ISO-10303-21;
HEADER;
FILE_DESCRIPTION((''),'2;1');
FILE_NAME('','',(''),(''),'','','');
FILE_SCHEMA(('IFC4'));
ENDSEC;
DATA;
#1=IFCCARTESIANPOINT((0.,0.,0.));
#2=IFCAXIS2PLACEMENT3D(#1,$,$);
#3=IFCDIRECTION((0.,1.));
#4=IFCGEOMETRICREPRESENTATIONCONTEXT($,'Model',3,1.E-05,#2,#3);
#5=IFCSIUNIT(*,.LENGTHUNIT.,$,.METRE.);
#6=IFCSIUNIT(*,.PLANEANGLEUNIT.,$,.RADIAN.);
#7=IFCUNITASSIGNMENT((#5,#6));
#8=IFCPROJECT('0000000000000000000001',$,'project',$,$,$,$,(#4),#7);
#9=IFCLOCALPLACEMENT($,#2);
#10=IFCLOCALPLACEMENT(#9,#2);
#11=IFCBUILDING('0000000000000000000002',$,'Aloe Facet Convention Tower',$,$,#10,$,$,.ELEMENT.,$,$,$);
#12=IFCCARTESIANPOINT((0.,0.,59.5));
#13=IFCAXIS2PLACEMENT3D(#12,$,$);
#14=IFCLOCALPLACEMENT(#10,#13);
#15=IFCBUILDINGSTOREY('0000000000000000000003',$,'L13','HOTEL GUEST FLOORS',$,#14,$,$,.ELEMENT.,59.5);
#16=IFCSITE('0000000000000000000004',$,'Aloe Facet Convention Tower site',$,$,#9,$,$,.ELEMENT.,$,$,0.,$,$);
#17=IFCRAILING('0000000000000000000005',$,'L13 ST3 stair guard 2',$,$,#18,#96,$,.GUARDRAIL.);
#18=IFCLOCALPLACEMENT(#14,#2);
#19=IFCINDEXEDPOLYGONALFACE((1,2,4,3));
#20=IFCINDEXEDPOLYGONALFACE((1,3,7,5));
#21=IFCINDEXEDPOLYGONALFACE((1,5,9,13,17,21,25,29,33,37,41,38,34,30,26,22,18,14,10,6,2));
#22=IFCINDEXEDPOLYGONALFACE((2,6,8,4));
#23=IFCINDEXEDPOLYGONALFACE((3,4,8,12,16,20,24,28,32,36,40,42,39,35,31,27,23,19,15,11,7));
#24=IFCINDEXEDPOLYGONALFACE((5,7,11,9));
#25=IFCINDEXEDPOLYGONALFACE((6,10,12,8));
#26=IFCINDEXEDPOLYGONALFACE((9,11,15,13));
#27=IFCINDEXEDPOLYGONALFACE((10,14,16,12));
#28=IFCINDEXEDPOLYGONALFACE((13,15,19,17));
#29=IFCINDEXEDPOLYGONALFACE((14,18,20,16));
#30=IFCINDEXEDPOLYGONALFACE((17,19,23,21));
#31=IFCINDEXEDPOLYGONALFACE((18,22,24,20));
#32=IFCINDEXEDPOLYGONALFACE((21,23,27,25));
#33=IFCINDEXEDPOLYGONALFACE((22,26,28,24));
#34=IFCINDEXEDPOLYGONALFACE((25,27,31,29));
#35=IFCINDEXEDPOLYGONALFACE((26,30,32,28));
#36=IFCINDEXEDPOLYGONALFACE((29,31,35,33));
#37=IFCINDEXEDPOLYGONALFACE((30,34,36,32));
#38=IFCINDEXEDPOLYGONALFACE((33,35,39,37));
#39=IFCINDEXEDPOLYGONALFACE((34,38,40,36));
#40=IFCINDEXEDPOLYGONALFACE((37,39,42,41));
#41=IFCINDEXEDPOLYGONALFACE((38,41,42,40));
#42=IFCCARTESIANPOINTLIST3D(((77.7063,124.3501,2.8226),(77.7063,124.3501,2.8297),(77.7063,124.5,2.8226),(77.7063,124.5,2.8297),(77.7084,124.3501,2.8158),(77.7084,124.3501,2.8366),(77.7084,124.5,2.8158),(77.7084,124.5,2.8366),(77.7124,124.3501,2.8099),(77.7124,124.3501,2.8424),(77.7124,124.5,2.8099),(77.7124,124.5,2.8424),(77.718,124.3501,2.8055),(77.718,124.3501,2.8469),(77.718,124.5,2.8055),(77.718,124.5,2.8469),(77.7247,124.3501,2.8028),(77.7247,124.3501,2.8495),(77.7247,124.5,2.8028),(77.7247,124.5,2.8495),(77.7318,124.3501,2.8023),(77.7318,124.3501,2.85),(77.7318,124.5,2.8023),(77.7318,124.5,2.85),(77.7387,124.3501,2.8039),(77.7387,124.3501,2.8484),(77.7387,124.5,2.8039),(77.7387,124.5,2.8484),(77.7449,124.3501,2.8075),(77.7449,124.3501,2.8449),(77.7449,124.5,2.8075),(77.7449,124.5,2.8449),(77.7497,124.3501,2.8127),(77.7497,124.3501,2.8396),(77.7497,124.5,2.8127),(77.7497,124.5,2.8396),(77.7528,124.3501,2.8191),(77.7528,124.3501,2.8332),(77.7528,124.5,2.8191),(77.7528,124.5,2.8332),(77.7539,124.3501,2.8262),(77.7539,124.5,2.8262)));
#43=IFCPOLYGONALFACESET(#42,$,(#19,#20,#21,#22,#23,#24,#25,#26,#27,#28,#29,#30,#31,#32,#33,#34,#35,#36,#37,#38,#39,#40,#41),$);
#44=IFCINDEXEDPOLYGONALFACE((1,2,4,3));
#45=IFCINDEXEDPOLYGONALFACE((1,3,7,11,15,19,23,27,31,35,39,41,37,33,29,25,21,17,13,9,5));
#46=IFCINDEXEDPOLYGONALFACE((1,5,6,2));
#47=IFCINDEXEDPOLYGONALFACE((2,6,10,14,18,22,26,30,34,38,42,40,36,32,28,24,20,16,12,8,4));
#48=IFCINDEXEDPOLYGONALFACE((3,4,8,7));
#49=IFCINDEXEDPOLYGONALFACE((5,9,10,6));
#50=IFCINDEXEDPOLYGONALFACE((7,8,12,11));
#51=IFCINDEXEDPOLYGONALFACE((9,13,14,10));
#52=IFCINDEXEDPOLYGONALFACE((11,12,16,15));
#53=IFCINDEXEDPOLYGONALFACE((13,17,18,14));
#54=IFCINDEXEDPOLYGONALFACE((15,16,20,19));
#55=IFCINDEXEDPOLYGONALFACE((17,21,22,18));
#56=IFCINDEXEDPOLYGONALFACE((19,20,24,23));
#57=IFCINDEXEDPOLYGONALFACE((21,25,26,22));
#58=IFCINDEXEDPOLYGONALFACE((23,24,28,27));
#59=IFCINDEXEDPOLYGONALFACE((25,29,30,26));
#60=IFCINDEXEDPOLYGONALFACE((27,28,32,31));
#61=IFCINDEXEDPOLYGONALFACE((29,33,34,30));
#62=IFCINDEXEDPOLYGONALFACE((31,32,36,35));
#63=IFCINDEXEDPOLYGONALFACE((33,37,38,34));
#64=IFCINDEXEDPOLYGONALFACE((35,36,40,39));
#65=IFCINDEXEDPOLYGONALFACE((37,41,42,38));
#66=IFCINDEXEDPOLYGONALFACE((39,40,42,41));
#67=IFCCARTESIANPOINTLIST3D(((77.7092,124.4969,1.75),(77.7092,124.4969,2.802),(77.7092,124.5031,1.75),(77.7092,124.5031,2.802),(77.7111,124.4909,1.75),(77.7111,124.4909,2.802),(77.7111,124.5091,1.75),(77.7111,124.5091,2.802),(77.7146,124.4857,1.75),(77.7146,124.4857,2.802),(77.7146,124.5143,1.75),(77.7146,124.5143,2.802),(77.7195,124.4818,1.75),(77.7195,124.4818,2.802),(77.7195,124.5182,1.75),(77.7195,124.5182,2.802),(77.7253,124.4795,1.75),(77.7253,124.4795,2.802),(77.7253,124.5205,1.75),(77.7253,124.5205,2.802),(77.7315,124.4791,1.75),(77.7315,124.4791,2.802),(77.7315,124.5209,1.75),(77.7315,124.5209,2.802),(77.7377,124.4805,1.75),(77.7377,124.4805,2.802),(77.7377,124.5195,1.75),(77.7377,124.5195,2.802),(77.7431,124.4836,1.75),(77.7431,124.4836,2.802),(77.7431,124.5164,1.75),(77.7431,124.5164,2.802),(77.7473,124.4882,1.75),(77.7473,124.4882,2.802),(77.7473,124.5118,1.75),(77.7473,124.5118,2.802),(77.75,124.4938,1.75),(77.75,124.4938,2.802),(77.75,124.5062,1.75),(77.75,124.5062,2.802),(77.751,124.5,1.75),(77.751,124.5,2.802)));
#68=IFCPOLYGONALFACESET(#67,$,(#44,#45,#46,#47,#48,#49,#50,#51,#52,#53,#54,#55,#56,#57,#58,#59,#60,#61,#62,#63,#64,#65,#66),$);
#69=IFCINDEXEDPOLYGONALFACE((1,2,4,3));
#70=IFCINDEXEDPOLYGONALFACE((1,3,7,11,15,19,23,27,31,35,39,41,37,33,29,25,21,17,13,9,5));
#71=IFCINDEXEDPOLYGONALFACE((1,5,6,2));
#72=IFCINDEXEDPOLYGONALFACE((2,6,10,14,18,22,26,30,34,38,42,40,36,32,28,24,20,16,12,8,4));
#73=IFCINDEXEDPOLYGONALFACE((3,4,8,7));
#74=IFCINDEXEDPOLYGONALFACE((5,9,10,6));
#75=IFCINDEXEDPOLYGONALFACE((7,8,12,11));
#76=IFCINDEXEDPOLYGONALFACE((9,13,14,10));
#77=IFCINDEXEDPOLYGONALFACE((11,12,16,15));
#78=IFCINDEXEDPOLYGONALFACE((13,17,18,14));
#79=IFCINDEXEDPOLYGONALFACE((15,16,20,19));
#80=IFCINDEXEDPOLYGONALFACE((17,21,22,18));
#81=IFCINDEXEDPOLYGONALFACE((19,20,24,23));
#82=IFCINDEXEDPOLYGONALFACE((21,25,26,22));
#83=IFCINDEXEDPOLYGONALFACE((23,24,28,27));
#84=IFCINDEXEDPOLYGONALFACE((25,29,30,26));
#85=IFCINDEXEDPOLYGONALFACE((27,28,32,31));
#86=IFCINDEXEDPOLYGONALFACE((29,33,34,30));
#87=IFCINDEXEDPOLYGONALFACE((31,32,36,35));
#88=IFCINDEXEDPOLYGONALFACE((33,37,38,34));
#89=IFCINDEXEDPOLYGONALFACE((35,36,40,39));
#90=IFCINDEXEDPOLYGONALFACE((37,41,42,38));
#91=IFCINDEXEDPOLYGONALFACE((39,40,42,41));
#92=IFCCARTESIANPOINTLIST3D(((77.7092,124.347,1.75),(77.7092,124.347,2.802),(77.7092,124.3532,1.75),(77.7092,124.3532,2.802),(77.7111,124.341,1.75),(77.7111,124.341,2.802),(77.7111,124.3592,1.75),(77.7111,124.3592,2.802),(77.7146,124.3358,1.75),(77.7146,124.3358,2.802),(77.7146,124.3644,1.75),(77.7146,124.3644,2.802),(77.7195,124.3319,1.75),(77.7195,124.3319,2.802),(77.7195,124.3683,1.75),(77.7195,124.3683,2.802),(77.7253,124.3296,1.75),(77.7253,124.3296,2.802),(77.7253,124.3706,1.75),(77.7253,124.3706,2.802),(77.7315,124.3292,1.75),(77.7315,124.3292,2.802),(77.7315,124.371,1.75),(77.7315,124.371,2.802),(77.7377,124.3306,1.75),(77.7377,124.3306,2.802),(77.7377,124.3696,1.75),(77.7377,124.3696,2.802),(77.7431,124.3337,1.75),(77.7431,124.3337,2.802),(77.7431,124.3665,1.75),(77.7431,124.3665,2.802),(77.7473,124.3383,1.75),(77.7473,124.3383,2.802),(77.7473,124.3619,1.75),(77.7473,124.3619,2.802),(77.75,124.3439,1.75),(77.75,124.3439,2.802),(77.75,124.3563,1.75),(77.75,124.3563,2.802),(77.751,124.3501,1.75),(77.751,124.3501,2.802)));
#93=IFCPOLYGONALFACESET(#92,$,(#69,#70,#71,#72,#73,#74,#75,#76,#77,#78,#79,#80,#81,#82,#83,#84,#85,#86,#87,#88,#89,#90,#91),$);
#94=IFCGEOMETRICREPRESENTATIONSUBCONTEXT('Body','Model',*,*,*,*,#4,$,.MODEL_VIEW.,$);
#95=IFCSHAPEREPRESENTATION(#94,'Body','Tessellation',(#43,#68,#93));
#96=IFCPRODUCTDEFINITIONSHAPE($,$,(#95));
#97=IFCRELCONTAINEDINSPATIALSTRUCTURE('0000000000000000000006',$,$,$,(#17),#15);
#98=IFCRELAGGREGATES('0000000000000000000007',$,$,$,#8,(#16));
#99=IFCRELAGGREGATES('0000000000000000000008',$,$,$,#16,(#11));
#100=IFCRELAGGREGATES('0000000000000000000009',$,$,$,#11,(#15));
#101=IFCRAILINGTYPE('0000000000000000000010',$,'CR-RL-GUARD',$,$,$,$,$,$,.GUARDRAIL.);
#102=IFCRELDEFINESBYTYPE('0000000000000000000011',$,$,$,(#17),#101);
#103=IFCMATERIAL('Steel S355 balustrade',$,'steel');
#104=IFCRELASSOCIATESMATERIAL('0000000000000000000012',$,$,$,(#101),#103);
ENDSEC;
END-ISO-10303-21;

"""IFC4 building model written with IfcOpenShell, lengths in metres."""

from ifc_helpers import new_model, si_unit, direction, frame, origin, origin_2d, place, context, subcontext, project, spatial, circle, extrude, material, type_object, element, save


model = new_model("IFC4")

# Units and contexts
model_context = context("Model", 3, precision=1e-05, world=origin(), true_north=direction((0.0, 1.0)))
body_context = subcontext(model_context, "Body", "Model", "MODEL_VIEW")
ifc_project = project(units=[si_unit("LENGTHUNIT", "METRE"), si_unit("PLANEANGLEUNIT", "RADIAN")], contexts=[model_context])

# Site, building, storey
site_placement = place(None, origin())
site = spatial("IfcSite", under=ifc_project, at=site_placement, Name="Aloe Facet Convention Tower site", CompositionType="ELEMENT", RefElevation=0.0)
building_placement = place(site_placement, origin())
building = spatial("IfcBuilding", under=site, at=building_placement, Name="Aloe Facet Convention Tower", CompositionType="ELEMENT")
storey_placement = place(building_placement, frame((0.0, 0.0, 59.5)))
storey = spatial("IfcBuildingStorey", under=building, at=storey_placement, Name="L13", Description="HOTEL GUEST FLOORS", CompositionType="ELEMENT", Elevation=59.5)

# Railing
ifc_material_1 = material(Name="Steel S355 balustrade", Category="steel")
railing_type_1 = type_object("IfcRailingType", Name="CR-RL-GUARD", PredefinedType="GUARDRAIL", material=ifc_material_1)
railing_1_placement = place(storey_placement, frame((77.73, 124.5, 1.75)))
element("IfcRailing", 1, at=railing_1_placement, inside=storey, type_object=railing_type_1, Name="L13 ST3 stair guard 2", PredefinedType="GUARDRAIL", context=body_context, shape_type="SweptSolid", body=[
    extrude(circle(Radius=0.0239, at=origin_2d()), frame((0.0, 0.0, 1.0762), z_axis=(0.0, -1.0, 0.0), x_axis=(1.0, 0.0, 0.0)), (0.0, 0.0, 1.0), 0.1499),
    extrude(circle(Radius=0.021, at=origin_2d()), origin(), (0.0, 0.0, 1.0), 1.052),
    extrude(circle(Radius=0.021, at=origin_2d()), frame((0.0, -0.1499, 0.0)), (0.0, 0.0, 1.0), 1.052),
])

save(model, "model.ifc")
